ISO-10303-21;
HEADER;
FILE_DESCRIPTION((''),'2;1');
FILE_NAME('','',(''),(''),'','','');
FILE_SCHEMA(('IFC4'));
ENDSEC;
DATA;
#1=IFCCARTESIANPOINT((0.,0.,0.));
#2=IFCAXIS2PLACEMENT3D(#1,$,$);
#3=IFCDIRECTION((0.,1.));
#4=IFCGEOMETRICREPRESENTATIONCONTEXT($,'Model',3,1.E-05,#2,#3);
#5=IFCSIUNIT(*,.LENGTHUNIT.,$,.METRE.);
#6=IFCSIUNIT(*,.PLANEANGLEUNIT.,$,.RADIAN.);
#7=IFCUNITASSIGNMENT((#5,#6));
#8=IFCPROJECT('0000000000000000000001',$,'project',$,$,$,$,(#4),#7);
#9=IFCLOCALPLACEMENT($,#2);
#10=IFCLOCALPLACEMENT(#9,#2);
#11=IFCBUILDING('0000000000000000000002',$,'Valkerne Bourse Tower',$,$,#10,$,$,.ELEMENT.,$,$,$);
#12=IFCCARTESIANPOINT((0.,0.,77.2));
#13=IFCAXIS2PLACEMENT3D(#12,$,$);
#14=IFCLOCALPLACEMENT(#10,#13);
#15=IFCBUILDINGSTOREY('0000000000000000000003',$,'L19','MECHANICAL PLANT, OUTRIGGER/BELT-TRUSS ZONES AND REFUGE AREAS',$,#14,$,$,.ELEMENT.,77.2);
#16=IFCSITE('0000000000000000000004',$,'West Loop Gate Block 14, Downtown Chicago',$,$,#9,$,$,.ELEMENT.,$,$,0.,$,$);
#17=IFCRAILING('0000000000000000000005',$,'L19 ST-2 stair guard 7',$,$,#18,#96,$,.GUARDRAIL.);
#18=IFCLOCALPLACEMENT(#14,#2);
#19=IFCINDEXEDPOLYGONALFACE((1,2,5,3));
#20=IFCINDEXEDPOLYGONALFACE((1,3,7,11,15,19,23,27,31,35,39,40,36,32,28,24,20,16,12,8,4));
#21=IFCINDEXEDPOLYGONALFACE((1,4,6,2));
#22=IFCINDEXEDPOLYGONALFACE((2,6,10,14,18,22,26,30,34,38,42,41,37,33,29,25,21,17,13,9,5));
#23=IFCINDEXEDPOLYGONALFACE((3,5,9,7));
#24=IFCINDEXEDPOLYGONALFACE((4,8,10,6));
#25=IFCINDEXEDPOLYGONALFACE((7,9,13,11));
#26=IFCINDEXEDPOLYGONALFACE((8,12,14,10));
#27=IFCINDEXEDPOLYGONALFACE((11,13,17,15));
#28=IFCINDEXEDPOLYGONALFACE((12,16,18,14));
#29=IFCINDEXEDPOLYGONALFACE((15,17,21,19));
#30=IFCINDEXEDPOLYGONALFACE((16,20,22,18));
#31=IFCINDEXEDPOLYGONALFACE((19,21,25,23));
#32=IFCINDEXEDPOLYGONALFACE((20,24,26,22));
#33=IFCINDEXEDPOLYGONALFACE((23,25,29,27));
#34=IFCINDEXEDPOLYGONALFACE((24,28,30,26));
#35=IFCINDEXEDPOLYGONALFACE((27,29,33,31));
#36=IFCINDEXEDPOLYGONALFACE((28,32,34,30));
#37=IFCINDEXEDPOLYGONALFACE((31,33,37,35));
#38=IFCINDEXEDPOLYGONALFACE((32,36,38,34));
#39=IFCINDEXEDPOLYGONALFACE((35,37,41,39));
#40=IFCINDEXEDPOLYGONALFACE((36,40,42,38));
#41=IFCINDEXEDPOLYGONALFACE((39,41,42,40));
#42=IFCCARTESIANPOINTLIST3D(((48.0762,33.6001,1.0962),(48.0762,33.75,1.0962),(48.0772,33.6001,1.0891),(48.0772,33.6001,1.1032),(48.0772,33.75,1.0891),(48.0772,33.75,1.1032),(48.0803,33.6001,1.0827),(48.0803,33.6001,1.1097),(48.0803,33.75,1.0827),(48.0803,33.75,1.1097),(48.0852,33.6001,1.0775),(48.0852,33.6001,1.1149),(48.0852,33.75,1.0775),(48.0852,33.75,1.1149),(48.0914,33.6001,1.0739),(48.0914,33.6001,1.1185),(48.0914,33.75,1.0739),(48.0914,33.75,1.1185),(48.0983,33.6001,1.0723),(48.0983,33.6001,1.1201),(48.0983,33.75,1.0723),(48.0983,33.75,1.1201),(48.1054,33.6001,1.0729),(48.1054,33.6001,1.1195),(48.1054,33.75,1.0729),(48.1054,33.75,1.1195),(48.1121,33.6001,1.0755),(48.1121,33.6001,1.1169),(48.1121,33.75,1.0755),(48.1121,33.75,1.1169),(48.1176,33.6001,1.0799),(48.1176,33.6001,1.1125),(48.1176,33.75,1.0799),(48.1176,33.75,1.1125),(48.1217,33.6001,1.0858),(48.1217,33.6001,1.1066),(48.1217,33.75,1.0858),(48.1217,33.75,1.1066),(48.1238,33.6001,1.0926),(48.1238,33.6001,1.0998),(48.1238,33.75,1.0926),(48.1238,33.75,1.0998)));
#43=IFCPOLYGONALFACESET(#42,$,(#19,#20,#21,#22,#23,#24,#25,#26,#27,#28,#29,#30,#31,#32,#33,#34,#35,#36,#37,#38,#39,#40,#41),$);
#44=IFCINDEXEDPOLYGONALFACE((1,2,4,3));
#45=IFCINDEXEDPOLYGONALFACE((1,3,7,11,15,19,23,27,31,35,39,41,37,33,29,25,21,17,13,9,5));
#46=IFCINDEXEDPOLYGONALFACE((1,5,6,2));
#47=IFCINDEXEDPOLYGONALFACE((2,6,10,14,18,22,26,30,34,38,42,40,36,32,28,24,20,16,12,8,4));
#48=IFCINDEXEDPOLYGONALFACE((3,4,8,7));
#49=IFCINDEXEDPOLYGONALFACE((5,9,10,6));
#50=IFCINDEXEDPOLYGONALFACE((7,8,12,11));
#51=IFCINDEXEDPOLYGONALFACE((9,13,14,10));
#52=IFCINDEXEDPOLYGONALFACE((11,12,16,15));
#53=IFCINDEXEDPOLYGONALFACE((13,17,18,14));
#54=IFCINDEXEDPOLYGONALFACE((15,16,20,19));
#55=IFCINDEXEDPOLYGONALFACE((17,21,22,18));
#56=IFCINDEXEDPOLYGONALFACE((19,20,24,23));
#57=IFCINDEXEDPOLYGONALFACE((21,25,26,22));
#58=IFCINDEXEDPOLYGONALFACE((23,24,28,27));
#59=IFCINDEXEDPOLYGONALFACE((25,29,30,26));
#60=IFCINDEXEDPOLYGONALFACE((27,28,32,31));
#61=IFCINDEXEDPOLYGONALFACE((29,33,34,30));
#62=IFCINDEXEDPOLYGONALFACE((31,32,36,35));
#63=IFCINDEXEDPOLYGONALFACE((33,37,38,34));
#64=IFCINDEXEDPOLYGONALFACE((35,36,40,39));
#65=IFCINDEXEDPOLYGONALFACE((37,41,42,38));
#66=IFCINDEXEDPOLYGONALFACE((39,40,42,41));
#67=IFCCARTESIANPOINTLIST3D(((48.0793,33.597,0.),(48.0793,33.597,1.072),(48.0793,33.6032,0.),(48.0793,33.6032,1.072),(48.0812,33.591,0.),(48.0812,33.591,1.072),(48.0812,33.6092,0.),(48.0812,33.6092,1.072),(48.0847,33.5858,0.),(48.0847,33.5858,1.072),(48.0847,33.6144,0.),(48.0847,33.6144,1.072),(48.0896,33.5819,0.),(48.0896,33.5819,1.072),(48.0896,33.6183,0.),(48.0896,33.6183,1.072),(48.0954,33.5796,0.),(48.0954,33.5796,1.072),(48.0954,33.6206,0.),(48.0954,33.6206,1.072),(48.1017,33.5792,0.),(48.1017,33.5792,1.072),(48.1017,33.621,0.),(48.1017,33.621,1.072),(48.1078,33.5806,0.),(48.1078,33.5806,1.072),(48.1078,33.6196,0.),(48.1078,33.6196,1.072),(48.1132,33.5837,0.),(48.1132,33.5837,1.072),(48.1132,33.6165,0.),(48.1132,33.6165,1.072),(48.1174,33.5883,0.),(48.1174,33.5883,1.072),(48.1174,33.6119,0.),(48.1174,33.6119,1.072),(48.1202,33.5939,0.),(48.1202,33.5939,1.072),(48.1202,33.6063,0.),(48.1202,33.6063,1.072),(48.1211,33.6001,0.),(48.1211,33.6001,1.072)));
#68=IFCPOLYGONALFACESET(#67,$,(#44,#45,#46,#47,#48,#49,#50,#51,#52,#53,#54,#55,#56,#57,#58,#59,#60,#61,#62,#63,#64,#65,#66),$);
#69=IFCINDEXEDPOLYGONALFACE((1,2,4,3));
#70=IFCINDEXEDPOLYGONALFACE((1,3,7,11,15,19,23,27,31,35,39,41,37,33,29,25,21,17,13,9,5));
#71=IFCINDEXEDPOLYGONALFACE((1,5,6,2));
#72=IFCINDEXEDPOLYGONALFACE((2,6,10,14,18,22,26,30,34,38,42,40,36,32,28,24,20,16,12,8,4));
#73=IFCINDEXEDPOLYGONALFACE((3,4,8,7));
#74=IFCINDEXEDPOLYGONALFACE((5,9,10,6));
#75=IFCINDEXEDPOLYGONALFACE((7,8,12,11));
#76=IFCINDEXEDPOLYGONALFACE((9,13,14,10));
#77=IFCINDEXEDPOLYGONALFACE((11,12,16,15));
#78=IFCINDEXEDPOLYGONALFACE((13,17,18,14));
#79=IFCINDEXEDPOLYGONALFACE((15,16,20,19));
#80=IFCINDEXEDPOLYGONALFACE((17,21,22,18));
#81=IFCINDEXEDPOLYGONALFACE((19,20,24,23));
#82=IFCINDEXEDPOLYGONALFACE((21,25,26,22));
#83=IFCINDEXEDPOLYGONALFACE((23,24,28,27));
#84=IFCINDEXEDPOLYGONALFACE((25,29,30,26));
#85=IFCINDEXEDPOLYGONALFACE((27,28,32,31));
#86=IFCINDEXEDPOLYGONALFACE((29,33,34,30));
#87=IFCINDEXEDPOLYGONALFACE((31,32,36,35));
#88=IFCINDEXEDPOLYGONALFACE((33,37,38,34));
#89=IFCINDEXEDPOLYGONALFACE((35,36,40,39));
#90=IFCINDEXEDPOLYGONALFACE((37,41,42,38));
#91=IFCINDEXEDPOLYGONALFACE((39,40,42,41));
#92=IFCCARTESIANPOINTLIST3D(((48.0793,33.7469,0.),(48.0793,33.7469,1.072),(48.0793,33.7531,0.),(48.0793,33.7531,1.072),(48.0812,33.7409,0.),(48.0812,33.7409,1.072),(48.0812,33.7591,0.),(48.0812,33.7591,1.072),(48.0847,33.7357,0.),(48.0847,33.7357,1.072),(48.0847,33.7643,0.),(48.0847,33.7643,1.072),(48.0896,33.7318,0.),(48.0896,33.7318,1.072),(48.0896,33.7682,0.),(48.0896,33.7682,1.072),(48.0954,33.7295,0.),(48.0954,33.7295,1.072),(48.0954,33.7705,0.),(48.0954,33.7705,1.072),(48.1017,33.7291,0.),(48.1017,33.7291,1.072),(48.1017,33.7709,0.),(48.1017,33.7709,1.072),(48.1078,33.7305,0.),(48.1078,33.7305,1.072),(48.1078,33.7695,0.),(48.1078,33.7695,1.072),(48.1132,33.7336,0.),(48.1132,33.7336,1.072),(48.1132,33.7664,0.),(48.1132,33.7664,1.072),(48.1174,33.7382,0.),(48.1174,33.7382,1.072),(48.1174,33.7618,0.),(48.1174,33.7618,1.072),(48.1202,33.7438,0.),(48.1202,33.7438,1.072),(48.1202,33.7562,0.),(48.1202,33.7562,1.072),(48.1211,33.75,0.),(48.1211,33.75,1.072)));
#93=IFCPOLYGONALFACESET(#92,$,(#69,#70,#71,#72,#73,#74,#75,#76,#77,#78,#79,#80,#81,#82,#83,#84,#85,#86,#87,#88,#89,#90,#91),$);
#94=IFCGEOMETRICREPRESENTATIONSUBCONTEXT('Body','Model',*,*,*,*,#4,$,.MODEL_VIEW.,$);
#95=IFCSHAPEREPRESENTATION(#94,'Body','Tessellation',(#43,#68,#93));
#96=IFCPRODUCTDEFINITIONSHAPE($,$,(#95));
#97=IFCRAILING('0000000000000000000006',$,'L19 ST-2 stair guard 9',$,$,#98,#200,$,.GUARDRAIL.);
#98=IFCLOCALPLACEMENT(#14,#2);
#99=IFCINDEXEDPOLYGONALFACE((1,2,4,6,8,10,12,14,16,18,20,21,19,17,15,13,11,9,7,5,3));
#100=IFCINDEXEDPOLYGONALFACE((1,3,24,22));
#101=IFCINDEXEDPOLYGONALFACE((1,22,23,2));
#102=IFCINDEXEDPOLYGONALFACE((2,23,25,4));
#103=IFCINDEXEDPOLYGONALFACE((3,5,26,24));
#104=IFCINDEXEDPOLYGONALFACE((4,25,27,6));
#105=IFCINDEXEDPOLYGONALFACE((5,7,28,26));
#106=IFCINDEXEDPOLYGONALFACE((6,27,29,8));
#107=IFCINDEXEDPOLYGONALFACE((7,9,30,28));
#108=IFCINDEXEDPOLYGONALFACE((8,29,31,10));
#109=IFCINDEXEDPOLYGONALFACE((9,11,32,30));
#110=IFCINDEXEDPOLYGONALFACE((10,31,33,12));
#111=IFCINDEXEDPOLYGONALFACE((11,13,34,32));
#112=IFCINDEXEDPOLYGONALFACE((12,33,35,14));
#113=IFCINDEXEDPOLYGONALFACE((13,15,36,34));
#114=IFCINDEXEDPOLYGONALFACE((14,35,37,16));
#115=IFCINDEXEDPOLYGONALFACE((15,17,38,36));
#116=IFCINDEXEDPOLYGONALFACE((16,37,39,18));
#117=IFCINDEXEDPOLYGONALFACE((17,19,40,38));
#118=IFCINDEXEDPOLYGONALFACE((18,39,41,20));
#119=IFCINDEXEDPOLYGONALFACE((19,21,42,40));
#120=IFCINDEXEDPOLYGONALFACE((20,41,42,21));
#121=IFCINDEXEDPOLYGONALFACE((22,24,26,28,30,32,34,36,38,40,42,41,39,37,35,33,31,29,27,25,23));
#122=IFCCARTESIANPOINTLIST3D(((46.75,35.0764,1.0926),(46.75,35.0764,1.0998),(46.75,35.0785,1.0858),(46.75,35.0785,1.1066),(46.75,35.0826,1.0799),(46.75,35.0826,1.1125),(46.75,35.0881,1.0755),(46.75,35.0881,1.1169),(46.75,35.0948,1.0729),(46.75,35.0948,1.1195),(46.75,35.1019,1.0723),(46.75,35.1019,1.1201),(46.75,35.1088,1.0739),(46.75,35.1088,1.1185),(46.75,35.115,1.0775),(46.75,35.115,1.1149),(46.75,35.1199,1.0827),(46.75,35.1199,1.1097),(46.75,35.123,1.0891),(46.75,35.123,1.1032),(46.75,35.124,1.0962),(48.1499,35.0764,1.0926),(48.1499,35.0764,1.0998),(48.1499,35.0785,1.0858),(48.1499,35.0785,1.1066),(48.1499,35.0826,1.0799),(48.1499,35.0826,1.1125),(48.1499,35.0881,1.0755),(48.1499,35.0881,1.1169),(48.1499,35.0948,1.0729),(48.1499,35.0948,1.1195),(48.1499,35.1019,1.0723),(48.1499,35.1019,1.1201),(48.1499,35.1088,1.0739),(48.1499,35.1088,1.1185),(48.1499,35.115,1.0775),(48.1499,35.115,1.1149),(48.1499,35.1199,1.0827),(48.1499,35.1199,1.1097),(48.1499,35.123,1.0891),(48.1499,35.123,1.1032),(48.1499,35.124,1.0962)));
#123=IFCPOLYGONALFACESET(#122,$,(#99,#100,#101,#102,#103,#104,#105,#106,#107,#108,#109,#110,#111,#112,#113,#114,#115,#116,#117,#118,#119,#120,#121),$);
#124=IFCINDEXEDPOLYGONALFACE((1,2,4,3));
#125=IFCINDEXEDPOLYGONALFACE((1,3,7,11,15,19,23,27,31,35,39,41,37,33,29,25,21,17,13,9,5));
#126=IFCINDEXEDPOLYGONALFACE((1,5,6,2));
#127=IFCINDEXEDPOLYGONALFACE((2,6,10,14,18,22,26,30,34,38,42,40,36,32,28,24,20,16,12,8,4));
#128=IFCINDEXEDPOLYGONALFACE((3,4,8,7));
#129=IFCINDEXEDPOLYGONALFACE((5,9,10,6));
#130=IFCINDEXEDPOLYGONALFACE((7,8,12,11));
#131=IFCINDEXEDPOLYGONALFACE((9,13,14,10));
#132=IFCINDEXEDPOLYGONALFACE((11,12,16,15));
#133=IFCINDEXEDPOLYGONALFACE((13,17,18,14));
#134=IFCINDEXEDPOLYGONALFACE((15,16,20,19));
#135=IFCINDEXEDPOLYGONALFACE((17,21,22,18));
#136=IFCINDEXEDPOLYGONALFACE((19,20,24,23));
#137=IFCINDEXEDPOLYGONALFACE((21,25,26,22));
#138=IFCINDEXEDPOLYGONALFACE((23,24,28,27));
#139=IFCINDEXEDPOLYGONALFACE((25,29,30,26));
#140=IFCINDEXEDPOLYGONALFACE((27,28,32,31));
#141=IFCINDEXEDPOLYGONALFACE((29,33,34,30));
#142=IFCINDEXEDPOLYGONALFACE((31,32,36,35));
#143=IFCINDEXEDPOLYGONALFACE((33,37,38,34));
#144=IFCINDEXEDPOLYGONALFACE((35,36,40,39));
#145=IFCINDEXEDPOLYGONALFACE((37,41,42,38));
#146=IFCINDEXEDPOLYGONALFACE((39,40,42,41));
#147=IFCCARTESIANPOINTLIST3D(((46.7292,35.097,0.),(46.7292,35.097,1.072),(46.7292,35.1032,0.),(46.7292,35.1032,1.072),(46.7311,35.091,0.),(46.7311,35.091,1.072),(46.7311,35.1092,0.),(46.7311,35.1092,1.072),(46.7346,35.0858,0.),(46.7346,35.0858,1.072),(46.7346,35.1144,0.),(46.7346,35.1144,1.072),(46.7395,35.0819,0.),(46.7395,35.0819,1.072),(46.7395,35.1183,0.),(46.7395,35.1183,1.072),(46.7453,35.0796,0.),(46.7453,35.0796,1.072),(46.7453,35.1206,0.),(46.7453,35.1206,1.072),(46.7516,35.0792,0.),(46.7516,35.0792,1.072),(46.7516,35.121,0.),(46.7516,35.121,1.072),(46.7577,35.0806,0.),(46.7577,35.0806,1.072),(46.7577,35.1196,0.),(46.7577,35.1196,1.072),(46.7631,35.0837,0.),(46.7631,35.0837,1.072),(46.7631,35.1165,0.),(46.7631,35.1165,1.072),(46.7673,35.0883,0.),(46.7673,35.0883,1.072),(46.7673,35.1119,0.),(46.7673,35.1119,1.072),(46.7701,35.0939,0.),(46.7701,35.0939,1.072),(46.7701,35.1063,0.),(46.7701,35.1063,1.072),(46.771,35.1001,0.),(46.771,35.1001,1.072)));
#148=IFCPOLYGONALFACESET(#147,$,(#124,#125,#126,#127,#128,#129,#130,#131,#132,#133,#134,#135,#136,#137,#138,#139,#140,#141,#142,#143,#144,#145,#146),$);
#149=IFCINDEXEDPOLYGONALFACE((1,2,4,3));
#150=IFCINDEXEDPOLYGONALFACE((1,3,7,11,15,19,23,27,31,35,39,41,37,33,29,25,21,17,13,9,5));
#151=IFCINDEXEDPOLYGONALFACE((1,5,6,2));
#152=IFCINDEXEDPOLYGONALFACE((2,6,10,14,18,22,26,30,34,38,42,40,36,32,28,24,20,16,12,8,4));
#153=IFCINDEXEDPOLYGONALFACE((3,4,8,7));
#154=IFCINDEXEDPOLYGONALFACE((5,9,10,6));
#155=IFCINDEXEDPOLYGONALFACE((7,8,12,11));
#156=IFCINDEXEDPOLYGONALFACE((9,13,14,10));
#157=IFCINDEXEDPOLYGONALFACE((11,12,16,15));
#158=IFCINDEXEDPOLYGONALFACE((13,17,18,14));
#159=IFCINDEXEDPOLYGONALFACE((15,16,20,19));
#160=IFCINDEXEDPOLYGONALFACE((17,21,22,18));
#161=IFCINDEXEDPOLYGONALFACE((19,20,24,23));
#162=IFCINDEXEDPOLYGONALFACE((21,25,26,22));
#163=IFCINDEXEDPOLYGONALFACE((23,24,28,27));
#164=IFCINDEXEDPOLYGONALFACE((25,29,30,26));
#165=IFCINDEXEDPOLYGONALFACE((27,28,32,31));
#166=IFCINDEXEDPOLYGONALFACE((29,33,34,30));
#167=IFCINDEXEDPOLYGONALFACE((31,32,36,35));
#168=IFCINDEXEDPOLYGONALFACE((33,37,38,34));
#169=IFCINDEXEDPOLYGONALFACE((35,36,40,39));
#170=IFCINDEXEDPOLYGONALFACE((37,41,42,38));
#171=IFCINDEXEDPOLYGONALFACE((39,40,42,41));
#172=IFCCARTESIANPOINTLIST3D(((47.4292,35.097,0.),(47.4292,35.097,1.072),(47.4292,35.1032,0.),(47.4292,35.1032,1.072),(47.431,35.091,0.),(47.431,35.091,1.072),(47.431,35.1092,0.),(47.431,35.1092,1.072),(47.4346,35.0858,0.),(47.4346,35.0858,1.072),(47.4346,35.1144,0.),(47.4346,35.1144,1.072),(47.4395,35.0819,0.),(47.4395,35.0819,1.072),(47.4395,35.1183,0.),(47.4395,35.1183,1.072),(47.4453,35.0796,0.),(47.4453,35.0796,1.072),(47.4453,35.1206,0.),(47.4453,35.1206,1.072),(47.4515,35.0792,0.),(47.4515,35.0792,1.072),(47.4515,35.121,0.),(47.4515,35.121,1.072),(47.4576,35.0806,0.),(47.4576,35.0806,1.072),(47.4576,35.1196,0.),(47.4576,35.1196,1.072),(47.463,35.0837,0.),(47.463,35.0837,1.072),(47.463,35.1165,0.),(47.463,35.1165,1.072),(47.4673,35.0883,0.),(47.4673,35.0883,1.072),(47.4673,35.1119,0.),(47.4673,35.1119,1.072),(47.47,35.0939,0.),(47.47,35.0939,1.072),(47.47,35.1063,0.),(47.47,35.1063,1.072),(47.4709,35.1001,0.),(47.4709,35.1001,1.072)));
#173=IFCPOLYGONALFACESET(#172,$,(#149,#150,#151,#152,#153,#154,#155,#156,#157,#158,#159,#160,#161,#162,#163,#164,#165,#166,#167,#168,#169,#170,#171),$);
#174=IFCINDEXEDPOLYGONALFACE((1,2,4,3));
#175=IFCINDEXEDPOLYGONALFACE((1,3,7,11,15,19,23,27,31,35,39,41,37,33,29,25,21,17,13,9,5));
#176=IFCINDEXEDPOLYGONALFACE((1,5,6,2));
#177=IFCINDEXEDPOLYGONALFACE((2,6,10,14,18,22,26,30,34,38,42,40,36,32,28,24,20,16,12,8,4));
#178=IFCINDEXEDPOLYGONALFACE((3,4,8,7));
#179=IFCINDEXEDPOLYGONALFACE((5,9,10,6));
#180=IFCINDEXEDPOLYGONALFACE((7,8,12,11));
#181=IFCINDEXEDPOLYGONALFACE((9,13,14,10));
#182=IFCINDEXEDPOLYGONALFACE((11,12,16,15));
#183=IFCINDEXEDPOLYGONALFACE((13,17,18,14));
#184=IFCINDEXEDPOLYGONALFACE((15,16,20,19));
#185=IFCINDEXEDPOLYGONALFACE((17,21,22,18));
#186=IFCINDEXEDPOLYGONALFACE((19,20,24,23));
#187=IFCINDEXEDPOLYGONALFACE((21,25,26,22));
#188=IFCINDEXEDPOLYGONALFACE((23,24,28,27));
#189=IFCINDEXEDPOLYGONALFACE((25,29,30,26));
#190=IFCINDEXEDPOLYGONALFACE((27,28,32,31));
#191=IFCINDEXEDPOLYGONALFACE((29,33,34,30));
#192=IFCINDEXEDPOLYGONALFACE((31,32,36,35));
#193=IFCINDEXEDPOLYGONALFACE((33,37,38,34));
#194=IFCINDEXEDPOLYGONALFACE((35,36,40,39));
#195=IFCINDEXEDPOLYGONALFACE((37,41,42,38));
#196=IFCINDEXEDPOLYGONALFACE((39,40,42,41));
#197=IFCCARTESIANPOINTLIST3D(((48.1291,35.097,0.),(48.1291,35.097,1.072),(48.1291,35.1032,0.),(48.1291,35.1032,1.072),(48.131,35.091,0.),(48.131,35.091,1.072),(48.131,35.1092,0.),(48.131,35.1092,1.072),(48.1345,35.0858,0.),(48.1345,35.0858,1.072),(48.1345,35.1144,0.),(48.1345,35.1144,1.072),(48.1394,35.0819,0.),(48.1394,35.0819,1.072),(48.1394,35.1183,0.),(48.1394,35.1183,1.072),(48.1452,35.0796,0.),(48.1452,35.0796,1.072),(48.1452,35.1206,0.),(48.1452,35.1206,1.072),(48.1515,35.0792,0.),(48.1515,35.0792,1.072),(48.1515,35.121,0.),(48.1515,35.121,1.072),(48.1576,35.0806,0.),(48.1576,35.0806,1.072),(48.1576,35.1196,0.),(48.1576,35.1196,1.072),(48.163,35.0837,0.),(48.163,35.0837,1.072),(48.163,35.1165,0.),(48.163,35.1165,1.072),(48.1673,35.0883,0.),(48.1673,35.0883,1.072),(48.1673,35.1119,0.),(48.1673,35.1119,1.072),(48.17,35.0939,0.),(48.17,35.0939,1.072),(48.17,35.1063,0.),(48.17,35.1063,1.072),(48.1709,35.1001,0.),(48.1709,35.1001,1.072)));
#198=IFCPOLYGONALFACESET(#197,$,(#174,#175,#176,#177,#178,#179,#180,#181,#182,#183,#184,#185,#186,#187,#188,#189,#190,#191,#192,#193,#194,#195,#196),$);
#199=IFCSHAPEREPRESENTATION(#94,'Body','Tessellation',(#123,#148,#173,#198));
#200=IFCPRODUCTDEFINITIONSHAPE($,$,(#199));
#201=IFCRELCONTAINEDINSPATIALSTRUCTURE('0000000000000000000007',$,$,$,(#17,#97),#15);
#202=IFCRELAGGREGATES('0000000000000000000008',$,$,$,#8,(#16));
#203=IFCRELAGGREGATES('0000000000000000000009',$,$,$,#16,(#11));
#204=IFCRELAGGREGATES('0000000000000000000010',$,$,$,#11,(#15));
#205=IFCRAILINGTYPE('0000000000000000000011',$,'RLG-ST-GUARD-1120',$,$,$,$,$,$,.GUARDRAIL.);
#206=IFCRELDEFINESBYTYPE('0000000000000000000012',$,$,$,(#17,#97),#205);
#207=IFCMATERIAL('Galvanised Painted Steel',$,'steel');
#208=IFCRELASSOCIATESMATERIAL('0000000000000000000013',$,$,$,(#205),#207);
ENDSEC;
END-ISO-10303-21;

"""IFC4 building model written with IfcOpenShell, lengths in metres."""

from ifc_helpers import new_model, si_unit, direction, frame, origin, origin_2d, place, context, subcontext, project, spatial, circle, extrude, material, type_object, element, save


model = new_model("IFC4")

# Units and contexts
model_context = context("Model", 3, precision=1e-05, world=origin(), true_north=direction((0.0, 1.0)))
body_context = subcontext(model_context, "Body", "Model", "MODEL_VIEW")
ifc_project = project(units=[si_unit("LENGTHUNIT", "METRE"), si_unit("PLANEANGLEUNIT", "RADIAN")], contexts=[model_context])

# Site, building, storey
site_placement = place(None, origin())
site = spatial("IfcSite", under=ifc_project, at=site_placement, Name="West Loop Gate Block 14, Downtown Chicago", CompositionType="ELEMENT", RefElevation=0.0)
building_placement = place(site_placement, origin())
building = spatial("IfcBuilding", under=site, at=building_placement, Name="Valkerne Bourse Tower", CompositionType="ELEMENT")
storey_placement = place(building_placement, frame((0.0, 0.0, 77.2)))
storey = spatial("IfcBuildingStorey", under=building, at=storey_placement, Name="L19", Description="MECHANICAL PLANT, OUTRIGGER/BELT-TRUSS ZONES AND REFUGE AREAS", CompositionType="ELEMENT", Elevation=77.2)

# Railings
ifc_material_1 = material(Name="Galvanised Painted Steel", Category="steel")
railing_type_1 = type_object("IfcRailingType", Name="RLG-ST-GUARD-1120", PredefinedType="GUARDRAIL", material=ifc_material_1)
railing_1_placement = place(storey_placement, frame((48.1001, 33.6001, 0.0)))
element("IfcRailing", 1, at=railing_1_placement, inside=storey, type_object=railing_type_1, Name="L19 ST-2 stair guard 7", PredefinedType="GUARDRAIL", context=body_context, shape_type="SweptSolid", body=[
    extrude(circle(Radius=0.0239, at=origin_2d()), frame((0.0, 0.0, 1.0962), z_axis=(0.0, 1.0, 0.0), x_axis=(-1.0, 0.0, 0.0)), (0.0, 0.0, 1.0), 0.1499),
    extrude(circle(Radius=0.021, at=origin_2d()), origin(), (0.0, 0.0, 1.0), 1.072),
    extrude(circle(Radius=0.021, at=origin_2d()), frame((0.0, 0.1499, 0.0)), (0.0, 0.0, 1.0), 1.072),
])
railing_2_placement = place(storey_placement, frame((46.75, 35.1001, 0.0)))
element("IfcRailing", 2, at=railing_2_placement, inside=storey, type_object=railing_type_1, Name="L19 ST-2 stair guard 9", PredefinedType="GUARDRAIL", context=body_context, shape_type="SweptSolid", body=[
    extrude(circle(Radius=0.0239, at=origin_2d()), frame((0.0, 0.0, 1.0962), z_axis=(1.0, 0.0, 0.0), x_axis=(0.0, 1.0, 0.0)), (0.0, 0.0, 1.0), 1.3999),
    extrude(circle(Radius=0.021, at=origin_2d()), origin(), (0.0, 0.0, 1.0), 1.072),
    extrude(circle(Radius=0.021, at=origin_2d()), frame((0.7, 0.0, 0.0)), (0.0, 0.0, 1.0), 1.072),
    extrude(circle(Radius=0.021, at=origin_2d()), frame((1.3999, 0.0, 0.0)), (0.0, 0.0, 1.0), 1.072),
])

save(model, "model.ifc")
